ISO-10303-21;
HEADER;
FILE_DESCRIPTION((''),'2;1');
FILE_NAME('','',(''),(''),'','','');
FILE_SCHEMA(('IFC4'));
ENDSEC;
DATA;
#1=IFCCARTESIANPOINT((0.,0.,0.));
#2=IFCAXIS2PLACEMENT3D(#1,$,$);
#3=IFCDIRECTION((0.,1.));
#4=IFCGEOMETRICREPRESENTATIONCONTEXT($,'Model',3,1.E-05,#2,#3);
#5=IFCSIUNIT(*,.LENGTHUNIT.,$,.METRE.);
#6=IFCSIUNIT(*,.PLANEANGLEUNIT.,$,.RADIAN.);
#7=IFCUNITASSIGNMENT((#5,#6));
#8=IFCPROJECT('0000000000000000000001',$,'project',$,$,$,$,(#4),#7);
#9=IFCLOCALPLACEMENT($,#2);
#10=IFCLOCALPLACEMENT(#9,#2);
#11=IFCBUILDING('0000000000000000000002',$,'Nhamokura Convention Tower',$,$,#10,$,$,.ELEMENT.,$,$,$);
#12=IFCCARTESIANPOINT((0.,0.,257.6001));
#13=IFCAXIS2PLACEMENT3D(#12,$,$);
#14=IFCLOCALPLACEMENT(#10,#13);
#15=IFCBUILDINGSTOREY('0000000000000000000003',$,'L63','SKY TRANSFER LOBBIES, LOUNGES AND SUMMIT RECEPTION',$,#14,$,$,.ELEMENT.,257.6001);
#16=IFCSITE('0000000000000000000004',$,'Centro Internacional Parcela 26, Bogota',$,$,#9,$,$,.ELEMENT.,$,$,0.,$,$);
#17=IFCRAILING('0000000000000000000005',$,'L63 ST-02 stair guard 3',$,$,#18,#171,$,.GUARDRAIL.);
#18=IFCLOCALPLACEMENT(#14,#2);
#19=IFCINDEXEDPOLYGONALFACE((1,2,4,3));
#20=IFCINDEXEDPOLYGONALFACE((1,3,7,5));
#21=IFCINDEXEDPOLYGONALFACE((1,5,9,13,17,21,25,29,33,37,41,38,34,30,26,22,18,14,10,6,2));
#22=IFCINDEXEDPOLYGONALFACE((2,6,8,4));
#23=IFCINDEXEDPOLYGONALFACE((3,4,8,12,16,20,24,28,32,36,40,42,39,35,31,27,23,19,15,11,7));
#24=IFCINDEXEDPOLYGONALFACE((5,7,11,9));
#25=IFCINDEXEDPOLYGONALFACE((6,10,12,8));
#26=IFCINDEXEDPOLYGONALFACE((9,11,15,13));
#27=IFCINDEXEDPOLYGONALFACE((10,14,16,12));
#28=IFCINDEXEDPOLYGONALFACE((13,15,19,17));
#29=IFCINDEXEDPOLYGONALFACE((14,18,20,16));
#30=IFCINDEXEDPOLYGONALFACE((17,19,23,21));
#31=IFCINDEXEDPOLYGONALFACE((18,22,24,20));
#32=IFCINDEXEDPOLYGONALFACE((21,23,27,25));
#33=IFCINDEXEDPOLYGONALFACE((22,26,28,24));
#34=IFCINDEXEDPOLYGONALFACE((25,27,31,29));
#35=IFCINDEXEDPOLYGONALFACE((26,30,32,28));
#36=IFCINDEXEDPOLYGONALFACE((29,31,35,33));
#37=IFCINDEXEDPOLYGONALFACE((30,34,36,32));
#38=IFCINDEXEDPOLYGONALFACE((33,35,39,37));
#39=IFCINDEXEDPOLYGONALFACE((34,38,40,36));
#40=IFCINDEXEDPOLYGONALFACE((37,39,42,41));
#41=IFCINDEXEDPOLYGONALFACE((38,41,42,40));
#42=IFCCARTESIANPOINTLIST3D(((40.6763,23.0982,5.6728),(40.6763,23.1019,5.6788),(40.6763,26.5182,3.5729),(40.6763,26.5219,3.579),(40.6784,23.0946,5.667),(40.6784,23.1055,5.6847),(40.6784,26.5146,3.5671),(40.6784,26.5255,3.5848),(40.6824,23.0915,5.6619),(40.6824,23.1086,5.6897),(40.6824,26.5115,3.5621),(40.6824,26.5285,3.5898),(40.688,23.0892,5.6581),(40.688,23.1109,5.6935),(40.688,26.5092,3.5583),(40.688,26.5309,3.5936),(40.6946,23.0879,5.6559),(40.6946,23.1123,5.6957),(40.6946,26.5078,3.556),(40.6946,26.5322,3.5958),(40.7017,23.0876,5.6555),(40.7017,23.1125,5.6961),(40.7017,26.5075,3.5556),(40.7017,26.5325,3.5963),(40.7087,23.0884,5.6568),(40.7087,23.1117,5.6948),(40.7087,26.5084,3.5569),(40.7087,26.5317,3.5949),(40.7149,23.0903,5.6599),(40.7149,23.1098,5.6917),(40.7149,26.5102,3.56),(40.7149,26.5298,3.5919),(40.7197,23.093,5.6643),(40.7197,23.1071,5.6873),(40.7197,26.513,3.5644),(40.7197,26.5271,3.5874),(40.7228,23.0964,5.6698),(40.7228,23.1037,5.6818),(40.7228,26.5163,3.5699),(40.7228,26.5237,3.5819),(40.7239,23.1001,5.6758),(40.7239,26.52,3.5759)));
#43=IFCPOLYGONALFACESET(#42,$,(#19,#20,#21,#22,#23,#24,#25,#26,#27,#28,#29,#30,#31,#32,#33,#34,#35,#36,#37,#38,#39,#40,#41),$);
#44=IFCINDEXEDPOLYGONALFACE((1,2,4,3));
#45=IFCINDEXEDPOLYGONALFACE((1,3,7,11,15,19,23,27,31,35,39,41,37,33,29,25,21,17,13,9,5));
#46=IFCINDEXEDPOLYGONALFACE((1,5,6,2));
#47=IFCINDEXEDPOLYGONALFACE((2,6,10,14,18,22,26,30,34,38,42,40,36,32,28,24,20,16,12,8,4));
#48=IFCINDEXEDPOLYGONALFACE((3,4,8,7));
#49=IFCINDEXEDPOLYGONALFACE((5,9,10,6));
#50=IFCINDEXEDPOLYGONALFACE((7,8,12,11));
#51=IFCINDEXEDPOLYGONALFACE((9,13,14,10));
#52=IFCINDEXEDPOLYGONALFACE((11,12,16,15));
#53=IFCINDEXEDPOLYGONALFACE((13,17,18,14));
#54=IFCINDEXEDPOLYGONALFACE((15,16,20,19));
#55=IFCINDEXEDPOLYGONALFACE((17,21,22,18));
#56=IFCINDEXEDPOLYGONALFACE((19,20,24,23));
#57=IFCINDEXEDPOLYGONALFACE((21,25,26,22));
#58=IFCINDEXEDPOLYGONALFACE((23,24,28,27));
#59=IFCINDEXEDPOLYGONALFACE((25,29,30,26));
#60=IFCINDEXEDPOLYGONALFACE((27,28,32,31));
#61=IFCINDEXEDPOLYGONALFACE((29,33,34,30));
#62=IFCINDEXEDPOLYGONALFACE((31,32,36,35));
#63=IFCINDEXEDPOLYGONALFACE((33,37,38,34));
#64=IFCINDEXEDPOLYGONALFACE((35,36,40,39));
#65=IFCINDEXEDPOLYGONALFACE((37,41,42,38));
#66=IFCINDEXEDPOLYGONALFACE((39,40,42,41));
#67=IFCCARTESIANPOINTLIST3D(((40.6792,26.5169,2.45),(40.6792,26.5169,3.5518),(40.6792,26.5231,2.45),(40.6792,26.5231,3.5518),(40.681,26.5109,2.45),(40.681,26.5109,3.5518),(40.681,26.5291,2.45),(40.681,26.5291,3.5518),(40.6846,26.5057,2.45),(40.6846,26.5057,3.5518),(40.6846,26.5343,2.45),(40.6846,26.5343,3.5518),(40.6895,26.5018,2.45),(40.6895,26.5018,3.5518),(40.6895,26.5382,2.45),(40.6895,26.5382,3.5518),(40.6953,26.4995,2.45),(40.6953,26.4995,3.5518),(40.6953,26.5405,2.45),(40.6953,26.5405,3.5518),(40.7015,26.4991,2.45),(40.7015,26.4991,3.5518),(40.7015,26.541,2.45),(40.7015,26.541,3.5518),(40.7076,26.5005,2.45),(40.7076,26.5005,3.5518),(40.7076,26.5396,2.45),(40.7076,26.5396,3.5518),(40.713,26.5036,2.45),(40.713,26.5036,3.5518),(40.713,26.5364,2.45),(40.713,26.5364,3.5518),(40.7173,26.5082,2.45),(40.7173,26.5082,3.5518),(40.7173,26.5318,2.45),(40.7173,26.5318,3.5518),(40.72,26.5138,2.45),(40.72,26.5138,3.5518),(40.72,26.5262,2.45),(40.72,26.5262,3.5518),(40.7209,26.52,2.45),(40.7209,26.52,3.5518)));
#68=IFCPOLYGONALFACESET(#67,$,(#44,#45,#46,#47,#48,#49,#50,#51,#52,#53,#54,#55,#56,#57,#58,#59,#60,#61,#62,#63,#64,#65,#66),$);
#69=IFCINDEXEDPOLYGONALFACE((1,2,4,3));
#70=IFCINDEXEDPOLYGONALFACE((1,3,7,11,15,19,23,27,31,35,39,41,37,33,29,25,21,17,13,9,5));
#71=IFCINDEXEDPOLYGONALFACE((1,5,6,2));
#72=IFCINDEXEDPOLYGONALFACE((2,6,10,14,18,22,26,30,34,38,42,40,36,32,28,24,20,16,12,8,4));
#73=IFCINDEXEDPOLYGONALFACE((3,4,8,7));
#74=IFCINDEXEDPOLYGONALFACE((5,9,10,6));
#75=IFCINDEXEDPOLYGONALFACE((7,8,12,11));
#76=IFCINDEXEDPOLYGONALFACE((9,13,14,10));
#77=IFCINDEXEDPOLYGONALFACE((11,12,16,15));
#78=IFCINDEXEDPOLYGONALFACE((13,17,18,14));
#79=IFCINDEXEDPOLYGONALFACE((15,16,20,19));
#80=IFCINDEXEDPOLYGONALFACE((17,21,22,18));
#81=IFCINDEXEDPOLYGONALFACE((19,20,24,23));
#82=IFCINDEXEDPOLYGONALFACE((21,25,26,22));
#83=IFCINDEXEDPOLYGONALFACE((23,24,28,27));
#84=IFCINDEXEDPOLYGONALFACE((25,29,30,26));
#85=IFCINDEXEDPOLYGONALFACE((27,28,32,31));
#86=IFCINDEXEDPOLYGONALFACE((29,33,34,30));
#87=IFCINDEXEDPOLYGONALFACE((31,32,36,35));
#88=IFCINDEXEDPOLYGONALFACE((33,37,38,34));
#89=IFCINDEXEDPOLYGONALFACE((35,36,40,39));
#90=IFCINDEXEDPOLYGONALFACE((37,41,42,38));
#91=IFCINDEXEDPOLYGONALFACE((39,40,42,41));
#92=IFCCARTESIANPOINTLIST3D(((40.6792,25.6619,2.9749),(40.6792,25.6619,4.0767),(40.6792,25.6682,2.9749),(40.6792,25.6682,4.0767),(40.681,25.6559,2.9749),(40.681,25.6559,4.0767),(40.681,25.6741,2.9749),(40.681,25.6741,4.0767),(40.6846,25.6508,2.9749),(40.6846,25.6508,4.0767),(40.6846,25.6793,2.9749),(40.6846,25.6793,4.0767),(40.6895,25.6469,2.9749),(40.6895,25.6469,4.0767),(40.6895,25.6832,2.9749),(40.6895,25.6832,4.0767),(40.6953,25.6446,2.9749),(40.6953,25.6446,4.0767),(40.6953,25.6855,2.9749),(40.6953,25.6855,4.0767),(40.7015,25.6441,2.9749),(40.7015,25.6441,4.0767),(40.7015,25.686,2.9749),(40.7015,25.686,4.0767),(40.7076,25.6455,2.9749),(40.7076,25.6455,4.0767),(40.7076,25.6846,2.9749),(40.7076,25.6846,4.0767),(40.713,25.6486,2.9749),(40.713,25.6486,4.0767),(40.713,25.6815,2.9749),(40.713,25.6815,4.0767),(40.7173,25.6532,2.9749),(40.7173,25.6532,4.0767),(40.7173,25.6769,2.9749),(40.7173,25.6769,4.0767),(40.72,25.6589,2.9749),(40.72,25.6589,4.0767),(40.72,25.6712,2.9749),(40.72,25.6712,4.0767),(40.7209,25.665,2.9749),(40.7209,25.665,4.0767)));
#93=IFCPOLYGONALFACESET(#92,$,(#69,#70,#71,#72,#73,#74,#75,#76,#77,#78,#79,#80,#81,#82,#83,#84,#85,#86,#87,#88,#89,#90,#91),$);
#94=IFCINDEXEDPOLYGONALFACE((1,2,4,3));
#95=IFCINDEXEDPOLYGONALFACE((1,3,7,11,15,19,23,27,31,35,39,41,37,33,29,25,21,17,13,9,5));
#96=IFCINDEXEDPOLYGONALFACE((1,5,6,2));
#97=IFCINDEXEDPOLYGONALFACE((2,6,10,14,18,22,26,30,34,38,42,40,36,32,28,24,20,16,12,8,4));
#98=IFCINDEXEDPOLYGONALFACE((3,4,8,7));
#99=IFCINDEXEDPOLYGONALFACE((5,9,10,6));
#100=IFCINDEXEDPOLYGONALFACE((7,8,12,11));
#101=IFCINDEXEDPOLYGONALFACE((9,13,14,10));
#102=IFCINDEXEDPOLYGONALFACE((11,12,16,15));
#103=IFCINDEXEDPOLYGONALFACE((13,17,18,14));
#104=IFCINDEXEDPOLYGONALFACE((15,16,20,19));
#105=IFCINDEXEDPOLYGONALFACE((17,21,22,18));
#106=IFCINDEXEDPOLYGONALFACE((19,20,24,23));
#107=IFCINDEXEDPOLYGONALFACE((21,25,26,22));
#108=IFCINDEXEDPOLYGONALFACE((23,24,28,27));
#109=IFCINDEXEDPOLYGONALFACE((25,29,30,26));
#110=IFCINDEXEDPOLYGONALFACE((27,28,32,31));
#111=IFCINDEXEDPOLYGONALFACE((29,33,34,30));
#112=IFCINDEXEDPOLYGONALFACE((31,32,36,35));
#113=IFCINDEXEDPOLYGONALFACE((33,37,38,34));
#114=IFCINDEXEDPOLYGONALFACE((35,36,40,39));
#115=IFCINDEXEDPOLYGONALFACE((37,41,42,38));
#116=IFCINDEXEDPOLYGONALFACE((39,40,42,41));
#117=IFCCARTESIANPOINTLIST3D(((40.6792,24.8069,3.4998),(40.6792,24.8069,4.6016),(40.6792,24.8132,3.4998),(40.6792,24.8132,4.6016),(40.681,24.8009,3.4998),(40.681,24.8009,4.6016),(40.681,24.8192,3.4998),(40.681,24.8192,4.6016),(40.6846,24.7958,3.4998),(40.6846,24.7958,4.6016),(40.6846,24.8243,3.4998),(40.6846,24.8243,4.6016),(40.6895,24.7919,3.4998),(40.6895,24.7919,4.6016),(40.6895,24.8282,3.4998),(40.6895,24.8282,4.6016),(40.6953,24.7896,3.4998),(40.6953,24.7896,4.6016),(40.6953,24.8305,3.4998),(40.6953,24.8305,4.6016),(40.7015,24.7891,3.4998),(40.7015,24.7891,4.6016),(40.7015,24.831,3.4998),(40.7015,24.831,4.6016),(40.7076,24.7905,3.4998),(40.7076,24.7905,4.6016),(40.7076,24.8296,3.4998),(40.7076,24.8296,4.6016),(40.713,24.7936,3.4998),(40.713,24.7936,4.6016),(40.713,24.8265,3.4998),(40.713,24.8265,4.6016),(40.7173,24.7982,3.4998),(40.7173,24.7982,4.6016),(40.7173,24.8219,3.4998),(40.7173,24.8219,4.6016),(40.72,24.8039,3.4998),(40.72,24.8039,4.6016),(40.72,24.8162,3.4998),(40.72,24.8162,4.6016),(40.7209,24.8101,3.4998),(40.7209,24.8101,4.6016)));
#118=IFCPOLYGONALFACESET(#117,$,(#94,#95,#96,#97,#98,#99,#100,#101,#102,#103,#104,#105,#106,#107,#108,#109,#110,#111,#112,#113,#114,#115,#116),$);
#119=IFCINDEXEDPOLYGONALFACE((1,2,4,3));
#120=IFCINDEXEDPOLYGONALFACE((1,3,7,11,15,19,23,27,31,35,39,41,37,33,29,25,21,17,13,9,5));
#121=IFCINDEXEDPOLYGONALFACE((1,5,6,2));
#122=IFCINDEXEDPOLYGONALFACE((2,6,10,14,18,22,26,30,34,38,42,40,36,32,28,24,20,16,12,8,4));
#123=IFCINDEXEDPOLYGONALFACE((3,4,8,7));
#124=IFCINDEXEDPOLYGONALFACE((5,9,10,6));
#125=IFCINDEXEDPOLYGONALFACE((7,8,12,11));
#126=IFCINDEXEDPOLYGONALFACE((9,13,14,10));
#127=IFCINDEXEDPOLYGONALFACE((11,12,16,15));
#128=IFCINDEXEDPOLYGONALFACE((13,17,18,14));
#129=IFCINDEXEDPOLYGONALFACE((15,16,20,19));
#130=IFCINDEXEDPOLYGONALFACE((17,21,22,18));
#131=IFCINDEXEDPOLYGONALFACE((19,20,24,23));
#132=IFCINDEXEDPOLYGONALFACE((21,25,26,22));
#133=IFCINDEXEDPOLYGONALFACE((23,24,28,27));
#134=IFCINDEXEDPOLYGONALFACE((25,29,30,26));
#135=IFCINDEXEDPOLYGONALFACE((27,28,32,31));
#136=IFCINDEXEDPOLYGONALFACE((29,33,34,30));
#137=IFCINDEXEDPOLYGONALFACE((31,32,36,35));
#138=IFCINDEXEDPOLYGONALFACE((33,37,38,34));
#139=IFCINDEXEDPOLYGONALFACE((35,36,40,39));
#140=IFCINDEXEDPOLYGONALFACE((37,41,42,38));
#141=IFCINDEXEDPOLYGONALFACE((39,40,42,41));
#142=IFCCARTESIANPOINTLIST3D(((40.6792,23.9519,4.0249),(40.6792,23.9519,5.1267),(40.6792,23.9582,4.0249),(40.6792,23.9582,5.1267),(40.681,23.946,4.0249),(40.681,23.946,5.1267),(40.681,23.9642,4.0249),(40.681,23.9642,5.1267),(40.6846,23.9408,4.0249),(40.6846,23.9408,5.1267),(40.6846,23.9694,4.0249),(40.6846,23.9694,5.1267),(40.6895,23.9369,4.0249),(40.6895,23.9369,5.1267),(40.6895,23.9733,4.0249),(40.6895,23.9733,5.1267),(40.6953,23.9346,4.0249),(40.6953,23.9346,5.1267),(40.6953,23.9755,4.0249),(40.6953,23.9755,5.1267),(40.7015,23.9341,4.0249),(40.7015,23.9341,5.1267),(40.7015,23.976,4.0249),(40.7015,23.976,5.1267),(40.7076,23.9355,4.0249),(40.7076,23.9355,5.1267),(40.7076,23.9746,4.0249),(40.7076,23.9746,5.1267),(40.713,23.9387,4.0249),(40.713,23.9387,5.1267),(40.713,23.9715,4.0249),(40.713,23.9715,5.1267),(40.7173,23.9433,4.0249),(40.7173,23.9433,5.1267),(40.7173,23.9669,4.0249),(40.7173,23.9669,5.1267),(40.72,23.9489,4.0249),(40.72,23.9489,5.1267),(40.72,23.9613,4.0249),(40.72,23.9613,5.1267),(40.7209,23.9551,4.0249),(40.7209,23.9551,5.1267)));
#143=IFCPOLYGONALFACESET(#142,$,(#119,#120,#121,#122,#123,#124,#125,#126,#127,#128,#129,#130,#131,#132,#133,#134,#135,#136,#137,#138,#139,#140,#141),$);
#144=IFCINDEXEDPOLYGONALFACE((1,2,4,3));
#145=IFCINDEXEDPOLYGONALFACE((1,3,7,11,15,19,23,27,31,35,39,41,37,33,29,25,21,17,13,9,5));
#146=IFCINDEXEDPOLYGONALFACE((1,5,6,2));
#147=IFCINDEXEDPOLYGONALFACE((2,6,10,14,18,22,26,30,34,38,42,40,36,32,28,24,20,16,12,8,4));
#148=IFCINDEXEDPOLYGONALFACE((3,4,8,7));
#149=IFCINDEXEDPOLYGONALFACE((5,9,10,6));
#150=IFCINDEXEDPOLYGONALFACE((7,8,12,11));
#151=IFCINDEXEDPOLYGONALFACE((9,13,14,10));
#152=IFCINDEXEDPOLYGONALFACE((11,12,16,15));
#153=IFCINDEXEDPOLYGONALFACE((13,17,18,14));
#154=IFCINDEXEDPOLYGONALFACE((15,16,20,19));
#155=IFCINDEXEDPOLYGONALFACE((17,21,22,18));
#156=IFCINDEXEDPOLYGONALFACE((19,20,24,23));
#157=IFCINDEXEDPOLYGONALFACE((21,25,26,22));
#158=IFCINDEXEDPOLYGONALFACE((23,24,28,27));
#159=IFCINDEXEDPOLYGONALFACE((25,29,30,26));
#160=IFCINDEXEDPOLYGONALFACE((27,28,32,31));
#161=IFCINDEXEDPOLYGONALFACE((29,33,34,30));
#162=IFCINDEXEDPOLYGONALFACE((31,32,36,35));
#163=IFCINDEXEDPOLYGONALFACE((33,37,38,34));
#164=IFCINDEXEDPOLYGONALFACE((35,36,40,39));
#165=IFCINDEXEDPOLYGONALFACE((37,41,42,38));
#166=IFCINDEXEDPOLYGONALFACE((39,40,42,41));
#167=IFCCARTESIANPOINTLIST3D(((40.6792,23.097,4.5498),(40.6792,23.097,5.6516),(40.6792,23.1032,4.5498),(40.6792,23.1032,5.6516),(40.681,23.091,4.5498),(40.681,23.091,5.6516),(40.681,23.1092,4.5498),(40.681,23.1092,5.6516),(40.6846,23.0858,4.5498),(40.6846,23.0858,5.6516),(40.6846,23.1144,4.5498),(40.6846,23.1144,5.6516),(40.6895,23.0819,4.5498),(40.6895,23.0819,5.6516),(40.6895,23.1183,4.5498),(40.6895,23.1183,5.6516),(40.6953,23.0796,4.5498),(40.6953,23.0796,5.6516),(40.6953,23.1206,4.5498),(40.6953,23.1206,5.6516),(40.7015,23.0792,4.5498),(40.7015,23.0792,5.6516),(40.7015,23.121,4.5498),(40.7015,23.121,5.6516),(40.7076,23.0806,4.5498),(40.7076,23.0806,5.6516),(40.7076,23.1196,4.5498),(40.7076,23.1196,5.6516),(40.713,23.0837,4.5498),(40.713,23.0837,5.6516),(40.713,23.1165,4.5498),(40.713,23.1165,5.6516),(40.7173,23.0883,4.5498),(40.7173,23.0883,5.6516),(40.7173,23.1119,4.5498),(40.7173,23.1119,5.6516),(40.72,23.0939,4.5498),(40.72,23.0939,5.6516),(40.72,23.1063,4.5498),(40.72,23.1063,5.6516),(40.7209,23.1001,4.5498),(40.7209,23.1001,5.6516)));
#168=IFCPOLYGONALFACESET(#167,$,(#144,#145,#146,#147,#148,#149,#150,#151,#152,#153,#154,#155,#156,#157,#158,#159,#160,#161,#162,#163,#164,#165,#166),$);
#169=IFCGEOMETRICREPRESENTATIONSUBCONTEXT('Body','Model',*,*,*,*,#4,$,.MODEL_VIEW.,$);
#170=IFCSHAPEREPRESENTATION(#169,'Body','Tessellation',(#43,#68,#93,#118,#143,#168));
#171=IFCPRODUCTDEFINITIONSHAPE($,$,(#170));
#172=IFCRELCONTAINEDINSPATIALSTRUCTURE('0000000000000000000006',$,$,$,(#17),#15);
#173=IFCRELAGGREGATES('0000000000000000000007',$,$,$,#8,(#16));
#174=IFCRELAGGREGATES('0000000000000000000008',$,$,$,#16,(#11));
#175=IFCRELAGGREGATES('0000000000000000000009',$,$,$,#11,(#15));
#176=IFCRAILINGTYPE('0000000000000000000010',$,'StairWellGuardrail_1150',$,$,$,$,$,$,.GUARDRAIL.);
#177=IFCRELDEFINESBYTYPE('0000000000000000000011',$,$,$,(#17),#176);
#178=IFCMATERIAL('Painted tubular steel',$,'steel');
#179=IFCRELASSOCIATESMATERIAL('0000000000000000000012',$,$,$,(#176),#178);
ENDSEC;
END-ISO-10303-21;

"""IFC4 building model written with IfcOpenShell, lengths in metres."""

from ifc_helpers import new_model, si_unit, direction, frame, origin, origin_2d, place, context, subcontext, project, spatial, circle, extrude, material, type_object, element, save


model = new_model("IFC4")

# Units and contexts
model_context = context("Model", 3, precision=1e-05, world=origin(), true_north=direction((0.0, 1.0)))
body_context = subcontext(model_context, "Body", "Model", "MODEL_VIEW")
ifc_project = project(units=[si_unit("LENGTHUNIT", "METRE"), si_unit("PLANEANGLEUNIT", "RADIAN")], contexts=[model_context])

# Site, building, storey
site_placement = place(None, origin())
site = spatial("IfcSite", under=ifc_project, at=site_placement, Name="Centro Internacional Parcela 26, Bogota", CompositionType="ELEMENT", RefElevation=0.0)
building_placement = place(site_placement, origin())
building = spatial("IfcBuilding", under=site, at=building_placement, Name="Nhamokura Convention Tower", CompositionType="ELEMENT")
storey_placement = place(building_placement, frame((0.0, 0.0, 257.6001)))
storey = spatial("IfcBuildingStorey", under=building, at=storey_placement, Name="L63", Description="SKY TRANSFER LOBBIES, LOUNGES AND SUMMIT RECEPTION", CompositionType="ELEMENT", Elevation=257.6001)

# Railing
ifc_material_1 = material(Name="Painted tubular steel", Category="steel")
railing_type_1 = type_object("IfcRailingType", Name="StairWellGuardrail_1150", PredefinedType="GUARDRAIL", material=ifc_material_1)
railing_1_placement = place(storey_placement, frame((40.7, 26.52, 2.45)))
element("IfcRailing", 1, at=railing_1_placement, inside=storey, type_object=railing_type_1, Name="L63 ST-02 stair guard 3", PredefinedType="GUARDRAIL", context=body_context, shape_type="SweptSolid", body=[
    extrude(circle(Radius=0.0239, at=origin_2d()), frame((0.0, 0.0, 1.126), z_axis=(0.0, -0.852182, 0.523245), x_axis=(1.0, 0.0, 0.0)), (0.0, 0.0, 1.0), 4.0132),
    extrude(circle(Radius=0.021, at=origin_2d()), origin(), (0.0, 0.0, 1.0), 1.1018),
    extrude(circle(Radius=0.021, at=origin_2d()), frame((0.0, -0.855, 0.5249)), (0.0, 0.0, 1.0), 1.1018),
    extrude(circle(Radius=0.021, at=origin_2d()), frame((0.0, -1.71, 1.0498)), (0.0, 0.0, 1.0), 1.1018),
    extrude(circle(Radius=0.021, at=origin_2d()), frame((0.0, -2.5649, 1.575)), (0.0, 0.0, 1.0), 1.1018),
    extrude(circle(Radius=0.021, at=origin_2d()), frame((0.0, -3.4199, 2.0999)), (0.0, 0.0, 1.0), 1.1018),
])

save(model, "model.ifc")
